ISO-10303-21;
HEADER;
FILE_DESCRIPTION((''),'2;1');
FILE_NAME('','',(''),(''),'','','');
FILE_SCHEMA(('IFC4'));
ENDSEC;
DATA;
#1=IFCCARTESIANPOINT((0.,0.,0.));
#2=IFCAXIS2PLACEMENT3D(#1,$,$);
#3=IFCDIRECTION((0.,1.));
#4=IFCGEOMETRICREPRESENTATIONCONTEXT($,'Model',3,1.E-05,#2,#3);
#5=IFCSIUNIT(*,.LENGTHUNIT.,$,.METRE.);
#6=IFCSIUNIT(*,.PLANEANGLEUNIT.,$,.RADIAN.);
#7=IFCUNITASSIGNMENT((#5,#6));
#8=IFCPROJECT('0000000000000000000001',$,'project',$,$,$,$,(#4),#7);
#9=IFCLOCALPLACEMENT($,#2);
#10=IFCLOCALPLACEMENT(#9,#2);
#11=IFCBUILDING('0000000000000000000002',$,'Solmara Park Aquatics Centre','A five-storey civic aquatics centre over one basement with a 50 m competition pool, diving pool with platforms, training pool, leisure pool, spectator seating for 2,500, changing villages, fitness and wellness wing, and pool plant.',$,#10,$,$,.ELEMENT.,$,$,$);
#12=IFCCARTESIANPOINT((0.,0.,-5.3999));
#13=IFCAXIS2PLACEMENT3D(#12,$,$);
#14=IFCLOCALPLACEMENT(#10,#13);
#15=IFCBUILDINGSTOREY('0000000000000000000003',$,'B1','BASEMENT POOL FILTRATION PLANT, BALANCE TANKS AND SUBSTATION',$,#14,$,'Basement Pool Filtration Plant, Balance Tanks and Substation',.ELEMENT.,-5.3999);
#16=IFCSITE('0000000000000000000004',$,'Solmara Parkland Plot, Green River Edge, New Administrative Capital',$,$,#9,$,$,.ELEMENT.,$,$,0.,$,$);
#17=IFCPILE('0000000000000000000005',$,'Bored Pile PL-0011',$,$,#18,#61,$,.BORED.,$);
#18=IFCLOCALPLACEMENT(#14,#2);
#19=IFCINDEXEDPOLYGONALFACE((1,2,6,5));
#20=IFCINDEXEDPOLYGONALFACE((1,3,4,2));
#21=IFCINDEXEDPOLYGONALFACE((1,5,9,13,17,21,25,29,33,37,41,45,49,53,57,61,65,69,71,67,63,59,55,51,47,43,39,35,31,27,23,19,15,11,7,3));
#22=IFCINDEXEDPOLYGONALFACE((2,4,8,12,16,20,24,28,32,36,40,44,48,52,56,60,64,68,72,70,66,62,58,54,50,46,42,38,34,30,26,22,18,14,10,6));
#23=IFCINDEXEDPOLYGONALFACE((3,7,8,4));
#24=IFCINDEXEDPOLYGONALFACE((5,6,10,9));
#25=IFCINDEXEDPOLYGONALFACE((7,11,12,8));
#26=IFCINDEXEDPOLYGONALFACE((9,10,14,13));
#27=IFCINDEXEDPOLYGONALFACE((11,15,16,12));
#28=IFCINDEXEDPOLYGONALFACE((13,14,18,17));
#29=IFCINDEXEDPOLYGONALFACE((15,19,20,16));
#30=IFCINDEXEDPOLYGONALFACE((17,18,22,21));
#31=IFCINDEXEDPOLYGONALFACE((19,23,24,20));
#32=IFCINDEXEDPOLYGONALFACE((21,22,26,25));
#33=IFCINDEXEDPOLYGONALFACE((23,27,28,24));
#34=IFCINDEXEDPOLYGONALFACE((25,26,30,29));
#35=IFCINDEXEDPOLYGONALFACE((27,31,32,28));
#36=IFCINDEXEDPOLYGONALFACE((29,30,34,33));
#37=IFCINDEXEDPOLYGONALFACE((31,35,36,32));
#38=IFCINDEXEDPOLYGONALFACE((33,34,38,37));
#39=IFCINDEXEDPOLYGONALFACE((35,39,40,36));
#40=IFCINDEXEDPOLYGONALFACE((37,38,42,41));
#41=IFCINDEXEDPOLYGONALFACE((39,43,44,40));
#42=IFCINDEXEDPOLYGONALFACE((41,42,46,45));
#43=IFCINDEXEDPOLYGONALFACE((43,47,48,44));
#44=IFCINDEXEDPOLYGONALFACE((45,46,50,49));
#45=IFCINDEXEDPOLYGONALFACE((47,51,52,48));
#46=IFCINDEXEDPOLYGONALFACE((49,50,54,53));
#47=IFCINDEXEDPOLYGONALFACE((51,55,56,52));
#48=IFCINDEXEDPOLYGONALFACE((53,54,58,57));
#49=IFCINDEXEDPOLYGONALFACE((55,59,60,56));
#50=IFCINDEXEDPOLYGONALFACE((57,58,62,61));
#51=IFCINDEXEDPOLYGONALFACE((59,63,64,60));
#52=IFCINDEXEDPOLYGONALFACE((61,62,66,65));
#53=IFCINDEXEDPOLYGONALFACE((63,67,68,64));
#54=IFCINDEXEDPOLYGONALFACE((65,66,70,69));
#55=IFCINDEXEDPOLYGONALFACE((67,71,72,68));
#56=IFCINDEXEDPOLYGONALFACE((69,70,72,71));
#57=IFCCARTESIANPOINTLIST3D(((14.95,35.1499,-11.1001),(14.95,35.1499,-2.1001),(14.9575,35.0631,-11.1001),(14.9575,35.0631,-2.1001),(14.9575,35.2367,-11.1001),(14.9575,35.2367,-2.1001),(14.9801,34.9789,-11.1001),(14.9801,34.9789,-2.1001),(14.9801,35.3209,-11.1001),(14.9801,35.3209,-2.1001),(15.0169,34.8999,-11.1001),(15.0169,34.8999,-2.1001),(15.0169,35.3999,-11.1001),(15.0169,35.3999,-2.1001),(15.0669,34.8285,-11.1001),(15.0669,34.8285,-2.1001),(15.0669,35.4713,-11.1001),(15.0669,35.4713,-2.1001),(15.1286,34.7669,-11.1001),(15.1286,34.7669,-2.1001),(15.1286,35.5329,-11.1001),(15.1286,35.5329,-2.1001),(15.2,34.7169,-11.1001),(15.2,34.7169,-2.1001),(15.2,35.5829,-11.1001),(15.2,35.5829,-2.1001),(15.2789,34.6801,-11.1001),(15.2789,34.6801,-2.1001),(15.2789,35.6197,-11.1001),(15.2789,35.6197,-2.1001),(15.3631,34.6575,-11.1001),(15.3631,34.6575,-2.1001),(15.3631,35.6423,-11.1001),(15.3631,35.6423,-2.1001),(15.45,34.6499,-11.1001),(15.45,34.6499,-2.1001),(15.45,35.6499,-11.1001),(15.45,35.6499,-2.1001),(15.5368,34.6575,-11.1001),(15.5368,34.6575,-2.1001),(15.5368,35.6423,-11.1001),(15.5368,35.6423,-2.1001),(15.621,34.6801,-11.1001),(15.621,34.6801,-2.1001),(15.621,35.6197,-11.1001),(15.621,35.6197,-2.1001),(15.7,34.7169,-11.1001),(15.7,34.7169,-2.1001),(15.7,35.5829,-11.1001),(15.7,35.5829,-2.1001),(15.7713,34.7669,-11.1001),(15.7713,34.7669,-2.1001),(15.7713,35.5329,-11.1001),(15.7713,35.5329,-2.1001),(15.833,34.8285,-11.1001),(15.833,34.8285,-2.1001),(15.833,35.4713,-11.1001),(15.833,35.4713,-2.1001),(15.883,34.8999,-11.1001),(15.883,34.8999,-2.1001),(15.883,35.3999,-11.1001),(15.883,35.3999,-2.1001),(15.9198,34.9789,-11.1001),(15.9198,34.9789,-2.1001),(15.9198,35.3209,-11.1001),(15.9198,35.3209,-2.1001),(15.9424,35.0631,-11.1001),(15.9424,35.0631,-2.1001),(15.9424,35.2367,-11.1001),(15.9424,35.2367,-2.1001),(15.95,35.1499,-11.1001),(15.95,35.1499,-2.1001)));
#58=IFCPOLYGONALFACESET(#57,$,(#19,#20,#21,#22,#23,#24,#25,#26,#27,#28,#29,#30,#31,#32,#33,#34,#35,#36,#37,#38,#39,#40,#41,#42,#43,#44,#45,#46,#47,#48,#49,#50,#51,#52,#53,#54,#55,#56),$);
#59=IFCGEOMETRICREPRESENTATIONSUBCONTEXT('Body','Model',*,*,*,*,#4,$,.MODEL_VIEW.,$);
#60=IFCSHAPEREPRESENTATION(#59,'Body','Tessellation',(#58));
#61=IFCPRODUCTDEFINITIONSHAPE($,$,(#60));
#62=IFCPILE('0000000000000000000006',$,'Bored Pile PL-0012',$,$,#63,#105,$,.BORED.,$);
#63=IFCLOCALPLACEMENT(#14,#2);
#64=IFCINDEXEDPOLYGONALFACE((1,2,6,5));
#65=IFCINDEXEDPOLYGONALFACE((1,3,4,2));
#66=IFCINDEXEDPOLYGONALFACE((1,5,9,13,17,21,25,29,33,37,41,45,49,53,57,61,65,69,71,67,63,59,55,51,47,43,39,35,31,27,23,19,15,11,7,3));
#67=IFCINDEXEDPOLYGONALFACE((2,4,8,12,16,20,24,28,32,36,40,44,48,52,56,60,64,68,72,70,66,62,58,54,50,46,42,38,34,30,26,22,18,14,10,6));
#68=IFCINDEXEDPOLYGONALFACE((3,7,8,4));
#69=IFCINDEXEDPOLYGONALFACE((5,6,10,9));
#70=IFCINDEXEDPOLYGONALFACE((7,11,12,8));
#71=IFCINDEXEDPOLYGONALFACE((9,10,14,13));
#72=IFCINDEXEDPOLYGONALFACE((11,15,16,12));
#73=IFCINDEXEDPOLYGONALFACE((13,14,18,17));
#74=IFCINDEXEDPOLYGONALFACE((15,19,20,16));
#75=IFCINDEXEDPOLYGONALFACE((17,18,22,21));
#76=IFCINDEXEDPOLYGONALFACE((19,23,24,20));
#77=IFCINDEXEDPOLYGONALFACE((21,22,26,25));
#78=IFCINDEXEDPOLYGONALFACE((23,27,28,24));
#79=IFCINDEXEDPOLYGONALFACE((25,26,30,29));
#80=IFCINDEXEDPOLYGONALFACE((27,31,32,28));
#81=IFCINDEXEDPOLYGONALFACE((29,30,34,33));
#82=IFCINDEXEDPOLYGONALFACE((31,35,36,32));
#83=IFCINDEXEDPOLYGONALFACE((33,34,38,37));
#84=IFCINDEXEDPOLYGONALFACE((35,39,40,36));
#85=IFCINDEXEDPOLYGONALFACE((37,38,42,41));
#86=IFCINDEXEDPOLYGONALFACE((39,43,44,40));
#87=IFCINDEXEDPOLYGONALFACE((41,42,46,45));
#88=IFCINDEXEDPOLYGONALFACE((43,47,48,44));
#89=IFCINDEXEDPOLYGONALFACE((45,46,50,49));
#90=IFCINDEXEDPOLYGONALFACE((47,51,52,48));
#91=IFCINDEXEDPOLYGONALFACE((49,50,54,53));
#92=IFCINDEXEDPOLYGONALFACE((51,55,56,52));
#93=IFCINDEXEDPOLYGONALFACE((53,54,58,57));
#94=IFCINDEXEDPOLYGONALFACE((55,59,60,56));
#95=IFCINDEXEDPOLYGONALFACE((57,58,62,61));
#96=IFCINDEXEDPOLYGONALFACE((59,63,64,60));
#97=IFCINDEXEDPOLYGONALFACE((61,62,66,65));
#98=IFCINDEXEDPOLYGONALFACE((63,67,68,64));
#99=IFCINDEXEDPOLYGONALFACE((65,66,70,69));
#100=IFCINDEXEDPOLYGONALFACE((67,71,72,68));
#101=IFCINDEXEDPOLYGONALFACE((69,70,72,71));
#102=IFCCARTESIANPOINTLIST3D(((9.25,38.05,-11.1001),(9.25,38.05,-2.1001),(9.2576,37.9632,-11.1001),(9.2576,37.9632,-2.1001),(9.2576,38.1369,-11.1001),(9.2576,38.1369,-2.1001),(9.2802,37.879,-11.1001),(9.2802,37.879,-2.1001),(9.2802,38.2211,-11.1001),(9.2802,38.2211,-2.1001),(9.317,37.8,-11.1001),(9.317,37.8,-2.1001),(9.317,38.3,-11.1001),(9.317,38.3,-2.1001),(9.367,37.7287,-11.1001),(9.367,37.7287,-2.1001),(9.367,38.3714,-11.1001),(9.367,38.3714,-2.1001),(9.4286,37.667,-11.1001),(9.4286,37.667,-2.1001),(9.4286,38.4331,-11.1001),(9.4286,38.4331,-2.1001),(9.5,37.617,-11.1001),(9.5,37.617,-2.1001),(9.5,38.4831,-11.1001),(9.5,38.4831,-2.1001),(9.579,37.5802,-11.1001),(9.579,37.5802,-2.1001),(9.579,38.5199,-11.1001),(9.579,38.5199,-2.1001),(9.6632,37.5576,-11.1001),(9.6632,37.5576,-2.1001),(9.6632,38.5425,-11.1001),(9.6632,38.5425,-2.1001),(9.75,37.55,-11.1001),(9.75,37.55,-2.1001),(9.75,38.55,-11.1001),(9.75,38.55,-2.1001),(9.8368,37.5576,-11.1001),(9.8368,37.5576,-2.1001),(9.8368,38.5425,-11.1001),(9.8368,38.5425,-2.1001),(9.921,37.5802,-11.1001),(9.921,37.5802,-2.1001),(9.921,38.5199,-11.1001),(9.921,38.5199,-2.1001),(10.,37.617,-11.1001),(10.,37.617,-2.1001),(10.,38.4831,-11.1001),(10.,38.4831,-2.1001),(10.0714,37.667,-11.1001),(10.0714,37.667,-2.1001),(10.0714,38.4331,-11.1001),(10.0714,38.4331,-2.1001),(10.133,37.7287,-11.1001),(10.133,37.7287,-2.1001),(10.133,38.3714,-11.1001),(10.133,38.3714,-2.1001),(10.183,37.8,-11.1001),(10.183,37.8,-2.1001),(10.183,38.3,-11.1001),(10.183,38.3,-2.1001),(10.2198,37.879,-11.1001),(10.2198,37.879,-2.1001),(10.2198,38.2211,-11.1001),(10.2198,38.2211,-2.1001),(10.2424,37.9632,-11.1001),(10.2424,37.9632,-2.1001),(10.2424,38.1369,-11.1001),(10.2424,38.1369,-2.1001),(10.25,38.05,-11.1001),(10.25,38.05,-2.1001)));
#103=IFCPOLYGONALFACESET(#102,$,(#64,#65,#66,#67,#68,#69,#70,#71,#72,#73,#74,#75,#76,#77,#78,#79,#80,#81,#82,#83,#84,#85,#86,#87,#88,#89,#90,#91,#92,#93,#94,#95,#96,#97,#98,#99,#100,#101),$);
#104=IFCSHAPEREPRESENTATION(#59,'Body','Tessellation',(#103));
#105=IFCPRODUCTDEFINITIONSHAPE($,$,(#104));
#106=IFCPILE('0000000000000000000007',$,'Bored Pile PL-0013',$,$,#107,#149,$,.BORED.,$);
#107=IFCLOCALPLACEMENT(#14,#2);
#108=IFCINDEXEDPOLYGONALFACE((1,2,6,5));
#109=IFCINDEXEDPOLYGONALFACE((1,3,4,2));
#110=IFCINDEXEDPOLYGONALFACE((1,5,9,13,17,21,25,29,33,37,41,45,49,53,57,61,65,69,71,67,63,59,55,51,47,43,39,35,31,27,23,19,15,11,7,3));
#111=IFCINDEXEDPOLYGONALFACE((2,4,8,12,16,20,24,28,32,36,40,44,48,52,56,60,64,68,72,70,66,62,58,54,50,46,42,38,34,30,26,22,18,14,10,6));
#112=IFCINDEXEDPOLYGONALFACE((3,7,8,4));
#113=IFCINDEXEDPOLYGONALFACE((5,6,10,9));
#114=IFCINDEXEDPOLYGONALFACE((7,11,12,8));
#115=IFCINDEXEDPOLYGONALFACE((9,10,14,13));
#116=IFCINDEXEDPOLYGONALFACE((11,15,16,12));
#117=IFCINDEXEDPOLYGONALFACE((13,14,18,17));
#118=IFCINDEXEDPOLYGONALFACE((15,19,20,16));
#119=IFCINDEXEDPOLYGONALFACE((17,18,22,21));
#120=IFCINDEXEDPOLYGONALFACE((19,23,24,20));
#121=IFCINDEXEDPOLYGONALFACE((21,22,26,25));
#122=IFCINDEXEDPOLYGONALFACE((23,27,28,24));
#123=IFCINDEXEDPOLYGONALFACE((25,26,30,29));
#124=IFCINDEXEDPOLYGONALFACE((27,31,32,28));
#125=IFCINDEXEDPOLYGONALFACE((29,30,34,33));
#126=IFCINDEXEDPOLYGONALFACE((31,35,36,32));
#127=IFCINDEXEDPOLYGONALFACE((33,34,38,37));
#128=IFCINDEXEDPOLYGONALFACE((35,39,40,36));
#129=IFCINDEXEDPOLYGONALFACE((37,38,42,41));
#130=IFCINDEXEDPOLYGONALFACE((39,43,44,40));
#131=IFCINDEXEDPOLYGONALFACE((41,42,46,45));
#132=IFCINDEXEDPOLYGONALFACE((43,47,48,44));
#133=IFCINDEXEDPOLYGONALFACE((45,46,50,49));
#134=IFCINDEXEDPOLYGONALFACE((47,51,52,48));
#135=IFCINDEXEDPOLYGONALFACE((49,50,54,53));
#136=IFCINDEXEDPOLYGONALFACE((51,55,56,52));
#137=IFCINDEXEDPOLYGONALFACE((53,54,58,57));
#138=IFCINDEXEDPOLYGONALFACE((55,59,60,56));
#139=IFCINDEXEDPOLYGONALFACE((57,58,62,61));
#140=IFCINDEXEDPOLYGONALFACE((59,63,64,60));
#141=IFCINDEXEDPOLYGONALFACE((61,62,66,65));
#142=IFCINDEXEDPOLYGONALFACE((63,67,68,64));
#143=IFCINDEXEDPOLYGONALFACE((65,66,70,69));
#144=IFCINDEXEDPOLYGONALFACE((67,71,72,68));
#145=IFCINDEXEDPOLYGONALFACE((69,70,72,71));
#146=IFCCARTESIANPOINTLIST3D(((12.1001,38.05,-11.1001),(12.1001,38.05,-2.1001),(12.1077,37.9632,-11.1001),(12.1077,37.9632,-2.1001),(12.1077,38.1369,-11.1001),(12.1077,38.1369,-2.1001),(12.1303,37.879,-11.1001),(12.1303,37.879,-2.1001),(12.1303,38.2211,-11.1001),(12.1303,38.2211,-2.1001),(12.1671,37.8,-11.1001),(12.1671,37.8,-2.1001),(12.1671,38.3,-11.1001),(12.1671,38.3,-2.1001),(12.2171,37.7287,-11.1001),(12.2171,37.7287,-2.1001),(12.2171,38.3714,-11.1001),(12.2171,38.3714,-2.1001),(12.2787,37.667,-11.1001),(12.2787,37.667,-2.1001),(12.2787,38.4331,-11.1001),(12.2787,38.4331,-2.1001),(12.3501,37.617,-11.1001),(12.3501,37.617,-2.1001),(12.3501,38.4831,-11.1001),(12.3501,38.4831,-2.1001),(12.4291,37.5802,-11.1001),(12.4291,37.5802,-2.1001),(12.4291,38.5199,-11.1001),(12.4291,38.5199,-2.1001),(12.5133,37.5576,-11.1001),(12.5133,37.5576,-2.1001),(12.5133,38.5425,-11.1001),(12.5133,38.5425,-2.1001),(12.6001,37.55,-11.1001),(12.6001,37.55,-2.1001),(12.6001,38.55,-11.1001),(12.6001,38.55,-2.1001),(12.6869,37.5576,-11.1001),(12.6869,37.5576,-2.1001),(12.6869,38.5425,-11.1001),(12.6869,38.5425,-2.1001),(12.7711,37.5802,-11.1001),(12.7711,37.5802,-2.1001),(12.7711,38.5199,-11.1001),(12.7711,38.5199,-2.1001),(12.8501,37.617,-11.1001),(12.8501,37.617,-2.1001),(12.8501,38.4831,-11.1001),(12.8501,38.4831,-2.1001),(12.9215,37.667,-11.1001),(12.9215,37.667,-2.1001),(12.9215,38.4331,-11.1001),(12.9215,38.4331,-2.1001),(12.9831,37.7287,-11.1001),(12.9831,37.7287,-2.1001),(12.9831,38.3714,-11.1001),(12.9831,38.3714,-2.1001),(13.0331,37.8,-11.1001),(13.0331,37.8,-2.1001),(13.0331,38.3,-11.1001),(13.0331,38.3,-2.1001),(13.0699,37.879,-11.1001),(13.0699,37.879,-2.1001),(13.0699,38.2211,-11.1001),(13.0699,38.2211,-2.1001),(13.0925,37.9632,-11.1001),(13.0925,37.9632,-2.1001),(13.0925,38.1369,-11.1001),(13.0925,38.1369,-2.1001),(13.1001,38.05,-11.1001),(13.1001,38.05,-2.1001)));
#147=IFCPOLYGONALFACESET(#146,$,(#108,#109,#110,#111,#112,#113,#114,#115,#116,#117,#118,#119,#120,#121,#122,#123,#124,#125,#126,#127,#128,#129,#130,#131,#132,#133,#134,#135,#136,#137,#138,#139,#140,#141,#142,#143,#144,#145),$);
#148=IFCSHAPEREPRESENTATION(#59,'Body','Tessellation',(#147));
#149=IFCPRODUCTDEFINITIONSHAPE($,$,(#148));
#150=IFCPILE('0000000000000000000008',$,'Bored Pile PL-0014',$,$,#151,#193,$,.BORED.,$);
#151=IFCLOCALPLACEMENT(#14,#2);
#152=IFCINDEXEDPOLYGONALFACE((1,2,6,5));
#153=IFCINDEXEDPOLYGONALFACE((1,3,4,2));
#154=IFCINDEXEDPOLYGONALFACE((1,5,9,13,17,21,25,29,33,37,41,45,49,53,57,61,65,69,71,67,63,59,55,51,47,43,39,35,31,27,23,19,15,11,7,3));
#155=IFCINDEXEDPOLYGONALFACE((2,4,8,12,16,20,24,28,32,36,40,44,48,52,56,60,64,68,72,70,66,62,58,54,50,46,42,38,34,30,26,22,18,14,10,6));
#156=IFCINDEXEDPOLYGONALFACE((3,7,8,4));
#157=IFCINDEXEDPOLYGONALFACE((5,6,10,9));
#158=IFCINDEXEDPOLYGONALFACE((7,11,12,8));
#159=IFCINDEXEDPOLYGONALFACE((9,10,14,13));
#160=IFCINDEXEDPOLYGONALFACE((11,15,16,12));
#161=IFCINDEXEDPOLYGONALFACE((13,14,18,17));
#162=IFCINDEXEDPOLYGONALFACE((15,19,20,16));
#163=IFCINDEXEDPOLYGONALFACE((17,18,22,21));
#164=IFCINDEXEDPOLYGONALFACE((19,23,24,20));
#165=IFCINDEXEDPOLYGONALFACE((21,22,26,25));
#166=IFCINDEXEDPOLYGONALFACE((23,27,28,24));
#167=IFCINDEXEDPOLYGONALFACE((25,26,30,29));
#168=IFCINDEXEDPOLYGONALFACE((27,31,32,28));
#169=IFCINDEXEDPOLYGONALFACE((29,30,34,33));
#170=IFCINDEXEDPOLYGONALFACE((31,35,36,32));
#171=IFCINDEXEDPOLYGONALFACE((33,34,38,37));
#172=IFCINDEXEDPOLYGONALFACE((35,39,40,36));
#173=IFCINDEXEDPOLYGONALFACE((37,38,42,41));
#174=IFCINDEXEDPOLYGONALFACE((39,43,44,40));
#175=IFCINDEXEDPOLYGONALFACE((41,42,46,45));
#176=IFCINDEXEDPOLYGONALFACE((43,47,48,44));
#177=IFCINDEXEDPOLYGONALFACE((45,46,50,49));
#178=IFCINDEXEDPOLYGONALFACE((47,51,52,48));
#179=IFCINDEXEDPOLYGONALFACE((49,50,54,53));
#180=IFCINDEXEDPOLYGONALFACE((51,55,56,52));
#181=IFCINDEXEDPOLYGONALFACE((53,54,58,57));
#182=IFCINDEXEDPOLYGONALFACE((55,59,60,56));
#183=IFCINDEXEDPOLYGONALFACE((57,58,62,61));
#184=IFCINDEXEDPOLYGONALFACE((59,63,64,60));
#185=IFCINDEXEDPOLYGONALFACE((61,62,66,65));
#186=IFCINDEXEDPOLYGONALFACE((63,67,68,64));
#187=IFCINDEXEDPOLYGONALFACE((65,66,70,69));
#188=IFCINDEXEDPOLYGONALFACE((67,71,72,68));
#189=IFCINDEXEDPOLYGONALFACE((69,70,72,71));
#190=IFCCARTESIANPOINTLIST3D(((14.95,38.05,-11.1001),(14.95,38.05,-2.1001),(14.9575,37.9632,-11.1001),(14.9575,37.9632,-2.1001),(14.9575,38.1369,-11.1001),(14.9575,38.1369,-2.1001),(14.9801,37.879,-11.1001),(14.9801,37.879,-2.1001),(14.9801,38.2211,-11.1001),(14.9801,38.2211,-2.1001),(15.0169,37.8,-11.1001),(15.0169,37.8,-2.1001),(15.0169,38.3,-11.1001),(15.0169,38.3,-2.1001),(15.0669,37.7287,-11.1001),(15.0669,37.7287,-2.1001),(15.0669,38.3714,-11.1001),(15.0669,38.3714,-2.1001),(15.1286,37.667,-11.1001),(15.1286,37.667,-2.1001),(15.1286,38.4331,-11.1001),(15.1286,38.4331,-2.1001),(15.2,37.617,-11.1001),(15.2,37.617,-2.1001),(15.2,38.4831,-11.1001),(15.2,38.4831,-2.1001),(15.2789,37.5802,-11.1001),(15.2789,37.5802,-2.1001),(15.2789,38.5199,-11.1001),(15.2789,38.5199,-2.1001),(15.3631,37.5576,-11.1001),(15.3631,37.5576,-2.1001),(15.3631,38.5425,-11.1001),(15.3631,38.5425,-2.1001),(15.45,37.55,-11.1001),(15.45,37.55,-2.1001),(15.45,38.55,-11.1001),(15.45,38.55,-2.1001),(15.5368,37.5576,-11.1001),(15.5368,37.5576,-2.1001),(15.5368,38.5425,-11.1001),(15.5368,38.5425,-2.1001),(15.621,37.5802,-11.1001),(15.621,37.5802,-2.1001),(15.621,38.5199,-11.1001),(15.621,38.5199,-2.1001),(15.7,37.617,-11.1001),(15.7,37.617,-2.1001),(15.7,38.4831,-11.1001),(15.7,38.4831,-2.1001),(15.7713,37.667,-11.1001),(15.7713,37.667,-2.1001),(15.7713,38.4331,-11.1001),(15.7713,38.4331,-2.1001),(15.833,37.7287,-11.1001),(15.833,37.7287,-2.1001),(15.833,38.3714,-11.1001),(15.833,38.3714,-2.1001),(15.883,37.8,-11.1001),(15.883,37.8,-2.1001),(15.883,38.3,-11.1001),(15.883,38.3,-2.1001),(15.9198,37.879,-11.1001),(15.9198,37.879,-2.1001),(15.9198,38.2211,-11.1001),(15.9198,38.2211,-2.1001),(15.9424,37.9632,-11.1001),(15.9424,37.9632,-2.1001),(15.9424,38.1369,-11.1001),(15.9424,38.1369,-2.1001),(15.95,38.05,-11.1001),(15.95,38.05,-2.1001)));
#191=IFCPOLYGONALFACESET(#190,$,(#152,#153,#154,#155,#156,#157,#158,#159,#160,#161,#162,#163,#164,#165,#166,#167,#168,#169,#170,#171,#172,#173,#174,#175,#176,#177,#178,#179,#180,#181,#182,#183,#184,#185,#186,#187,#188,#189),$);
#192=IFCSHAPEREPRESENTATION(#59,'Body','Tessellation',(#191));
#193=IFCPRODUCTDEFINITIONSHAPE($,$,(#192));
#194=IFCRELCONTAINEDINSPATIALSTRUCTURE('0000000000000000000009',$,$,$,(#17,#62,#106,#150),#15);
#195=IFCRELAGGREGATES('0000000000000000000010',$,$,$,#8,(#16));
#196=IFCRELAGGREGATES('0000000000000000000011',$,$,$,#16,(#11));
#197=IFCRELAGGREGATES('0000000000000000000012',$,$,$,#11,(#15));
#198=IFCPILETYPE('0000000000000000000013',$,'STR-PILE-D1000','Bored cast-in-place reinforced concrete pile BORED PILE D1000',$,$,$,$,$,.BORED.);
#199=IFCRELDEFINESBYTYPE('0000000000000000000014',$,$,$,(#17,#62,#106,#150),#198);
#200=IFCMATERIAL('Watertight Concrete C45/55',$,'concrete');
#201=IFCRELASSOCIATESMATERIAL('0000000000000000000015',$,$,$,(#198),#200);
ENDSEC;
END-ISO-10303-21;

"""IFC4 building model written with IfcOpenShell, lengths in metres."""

from ifc_helpers import new_model, si_unit, direction, frame, origin, origin_2d, place, context, subcontext, project, spatial, circle, extrude, material, material_profile, profile_set, type_object, element, save


model = new_model("IFC4")

# Units and contexts
model_context = context("Model", 3, precision=1e-05, world=origin(), true_north=direction((0.0, 1.0)))
body_context = subcontext(model_context, "Body", "Model", "MODEL_VIEW")
ifc_project = project(units=[si_unit("LENGTHUNIT", "METRE"), si_unit("PLANEANGLEUNIT", "RADIAN")], contexts=[model_context])

# Site, building, storey
site_placement = place(None, origin())
site = spatial("IfcSite", under=ifc_project, at=site_placement, Name="Solmara Parkland Plot, Green River Edge, New Administrative Capital", CompositionType="ELEMENT", RefElevation=0.0)
building_placement = place(site_placement, origin())
building = spatial("IfcBuilding", under=site, at=building_placement, Name="Solmara Park Aquatics Centre", Description="A five-storey civic aquatics centre over one basement with a 50 m competition pool, diving pool with platforms, training pool, leisure pool, spectator seating for 2,500, changing villages, fitness and wellness wing, and pool plant.", CompositionType="ELEMENT")
storey_placement = place(building_placement, frame((0.0, 0.0, -5.3999)))
storey = spatial("IfcBuildingStorey", under=building, at=storey_placement, Name="B1", Description="BASEMENT POOL FILTRATION PLANT, BALANCE TANKS AND SUBSTATION", LongName="Basement Pool Filtration Plant, Balance Tanks and Substation", CompositionType="ELEMENT", Elevation=-5.3999)

# Shared definitions
ifc_material_1 = material(Name="Watertight Concrete C45/55", Category="concrete")

# Piles
ifc_material_profile_1 = material_profile(ifc_material_1, circle(Radius=0.5, at=origin_2d()), Name="BORED PILE D1000")
ifc_profile_set_1 = profile_set([ifc_material_profile_1], Name="Watertight Concrete C45/55")
pile_type_1 = type_object("IfcPileType", Name="STR-PILE-D1000", Description="Bored cast-in-place reinforced concrete pile BORED PILE D1000", PredefinedType="BORED", material=ifc_profile_set_1)
for number, where, z_axis, x_axis, name in (
    (1, (15.45, 35.1499, -2.1001), (0.0, 0.0, -1.0), (1.0, 0.0, 0.0), "Bored Pile PL-0011"),
    (2, (9.75, 38.05, -2.1001), (0.0, 0.0, -1.0), (1.0, 0.0, 0.0), "Bored Pile PL-0012"),
    (3, (12.6001, 38.05, -2.1001), (0.0, 0.0, -1.0), (1.0, 0.0, 0.0), "Bored Pile PL-0013"),
    (4, (15.45, 38.05, -2.1001), (0.0, 0.0, -1.0), (1.0, 0.0, 0.0), "Bored Pile PL-0014"),
):
    element("IfcPile", number, at=place(storey_placement, frame(where, z_axis=z_axis, x_axis=x_axis)), inside=storey, type_object=pile_type_1, Name=name, PredefinedType="BORED", context=body_context, shape_type="SweptSolid", body=[
        extrude(circle(Radius=0.5, at=origin_2d()), origin(), (0.0, 0.0, 1.0), 9.0),
    ])

save(model, "model.ifc")
